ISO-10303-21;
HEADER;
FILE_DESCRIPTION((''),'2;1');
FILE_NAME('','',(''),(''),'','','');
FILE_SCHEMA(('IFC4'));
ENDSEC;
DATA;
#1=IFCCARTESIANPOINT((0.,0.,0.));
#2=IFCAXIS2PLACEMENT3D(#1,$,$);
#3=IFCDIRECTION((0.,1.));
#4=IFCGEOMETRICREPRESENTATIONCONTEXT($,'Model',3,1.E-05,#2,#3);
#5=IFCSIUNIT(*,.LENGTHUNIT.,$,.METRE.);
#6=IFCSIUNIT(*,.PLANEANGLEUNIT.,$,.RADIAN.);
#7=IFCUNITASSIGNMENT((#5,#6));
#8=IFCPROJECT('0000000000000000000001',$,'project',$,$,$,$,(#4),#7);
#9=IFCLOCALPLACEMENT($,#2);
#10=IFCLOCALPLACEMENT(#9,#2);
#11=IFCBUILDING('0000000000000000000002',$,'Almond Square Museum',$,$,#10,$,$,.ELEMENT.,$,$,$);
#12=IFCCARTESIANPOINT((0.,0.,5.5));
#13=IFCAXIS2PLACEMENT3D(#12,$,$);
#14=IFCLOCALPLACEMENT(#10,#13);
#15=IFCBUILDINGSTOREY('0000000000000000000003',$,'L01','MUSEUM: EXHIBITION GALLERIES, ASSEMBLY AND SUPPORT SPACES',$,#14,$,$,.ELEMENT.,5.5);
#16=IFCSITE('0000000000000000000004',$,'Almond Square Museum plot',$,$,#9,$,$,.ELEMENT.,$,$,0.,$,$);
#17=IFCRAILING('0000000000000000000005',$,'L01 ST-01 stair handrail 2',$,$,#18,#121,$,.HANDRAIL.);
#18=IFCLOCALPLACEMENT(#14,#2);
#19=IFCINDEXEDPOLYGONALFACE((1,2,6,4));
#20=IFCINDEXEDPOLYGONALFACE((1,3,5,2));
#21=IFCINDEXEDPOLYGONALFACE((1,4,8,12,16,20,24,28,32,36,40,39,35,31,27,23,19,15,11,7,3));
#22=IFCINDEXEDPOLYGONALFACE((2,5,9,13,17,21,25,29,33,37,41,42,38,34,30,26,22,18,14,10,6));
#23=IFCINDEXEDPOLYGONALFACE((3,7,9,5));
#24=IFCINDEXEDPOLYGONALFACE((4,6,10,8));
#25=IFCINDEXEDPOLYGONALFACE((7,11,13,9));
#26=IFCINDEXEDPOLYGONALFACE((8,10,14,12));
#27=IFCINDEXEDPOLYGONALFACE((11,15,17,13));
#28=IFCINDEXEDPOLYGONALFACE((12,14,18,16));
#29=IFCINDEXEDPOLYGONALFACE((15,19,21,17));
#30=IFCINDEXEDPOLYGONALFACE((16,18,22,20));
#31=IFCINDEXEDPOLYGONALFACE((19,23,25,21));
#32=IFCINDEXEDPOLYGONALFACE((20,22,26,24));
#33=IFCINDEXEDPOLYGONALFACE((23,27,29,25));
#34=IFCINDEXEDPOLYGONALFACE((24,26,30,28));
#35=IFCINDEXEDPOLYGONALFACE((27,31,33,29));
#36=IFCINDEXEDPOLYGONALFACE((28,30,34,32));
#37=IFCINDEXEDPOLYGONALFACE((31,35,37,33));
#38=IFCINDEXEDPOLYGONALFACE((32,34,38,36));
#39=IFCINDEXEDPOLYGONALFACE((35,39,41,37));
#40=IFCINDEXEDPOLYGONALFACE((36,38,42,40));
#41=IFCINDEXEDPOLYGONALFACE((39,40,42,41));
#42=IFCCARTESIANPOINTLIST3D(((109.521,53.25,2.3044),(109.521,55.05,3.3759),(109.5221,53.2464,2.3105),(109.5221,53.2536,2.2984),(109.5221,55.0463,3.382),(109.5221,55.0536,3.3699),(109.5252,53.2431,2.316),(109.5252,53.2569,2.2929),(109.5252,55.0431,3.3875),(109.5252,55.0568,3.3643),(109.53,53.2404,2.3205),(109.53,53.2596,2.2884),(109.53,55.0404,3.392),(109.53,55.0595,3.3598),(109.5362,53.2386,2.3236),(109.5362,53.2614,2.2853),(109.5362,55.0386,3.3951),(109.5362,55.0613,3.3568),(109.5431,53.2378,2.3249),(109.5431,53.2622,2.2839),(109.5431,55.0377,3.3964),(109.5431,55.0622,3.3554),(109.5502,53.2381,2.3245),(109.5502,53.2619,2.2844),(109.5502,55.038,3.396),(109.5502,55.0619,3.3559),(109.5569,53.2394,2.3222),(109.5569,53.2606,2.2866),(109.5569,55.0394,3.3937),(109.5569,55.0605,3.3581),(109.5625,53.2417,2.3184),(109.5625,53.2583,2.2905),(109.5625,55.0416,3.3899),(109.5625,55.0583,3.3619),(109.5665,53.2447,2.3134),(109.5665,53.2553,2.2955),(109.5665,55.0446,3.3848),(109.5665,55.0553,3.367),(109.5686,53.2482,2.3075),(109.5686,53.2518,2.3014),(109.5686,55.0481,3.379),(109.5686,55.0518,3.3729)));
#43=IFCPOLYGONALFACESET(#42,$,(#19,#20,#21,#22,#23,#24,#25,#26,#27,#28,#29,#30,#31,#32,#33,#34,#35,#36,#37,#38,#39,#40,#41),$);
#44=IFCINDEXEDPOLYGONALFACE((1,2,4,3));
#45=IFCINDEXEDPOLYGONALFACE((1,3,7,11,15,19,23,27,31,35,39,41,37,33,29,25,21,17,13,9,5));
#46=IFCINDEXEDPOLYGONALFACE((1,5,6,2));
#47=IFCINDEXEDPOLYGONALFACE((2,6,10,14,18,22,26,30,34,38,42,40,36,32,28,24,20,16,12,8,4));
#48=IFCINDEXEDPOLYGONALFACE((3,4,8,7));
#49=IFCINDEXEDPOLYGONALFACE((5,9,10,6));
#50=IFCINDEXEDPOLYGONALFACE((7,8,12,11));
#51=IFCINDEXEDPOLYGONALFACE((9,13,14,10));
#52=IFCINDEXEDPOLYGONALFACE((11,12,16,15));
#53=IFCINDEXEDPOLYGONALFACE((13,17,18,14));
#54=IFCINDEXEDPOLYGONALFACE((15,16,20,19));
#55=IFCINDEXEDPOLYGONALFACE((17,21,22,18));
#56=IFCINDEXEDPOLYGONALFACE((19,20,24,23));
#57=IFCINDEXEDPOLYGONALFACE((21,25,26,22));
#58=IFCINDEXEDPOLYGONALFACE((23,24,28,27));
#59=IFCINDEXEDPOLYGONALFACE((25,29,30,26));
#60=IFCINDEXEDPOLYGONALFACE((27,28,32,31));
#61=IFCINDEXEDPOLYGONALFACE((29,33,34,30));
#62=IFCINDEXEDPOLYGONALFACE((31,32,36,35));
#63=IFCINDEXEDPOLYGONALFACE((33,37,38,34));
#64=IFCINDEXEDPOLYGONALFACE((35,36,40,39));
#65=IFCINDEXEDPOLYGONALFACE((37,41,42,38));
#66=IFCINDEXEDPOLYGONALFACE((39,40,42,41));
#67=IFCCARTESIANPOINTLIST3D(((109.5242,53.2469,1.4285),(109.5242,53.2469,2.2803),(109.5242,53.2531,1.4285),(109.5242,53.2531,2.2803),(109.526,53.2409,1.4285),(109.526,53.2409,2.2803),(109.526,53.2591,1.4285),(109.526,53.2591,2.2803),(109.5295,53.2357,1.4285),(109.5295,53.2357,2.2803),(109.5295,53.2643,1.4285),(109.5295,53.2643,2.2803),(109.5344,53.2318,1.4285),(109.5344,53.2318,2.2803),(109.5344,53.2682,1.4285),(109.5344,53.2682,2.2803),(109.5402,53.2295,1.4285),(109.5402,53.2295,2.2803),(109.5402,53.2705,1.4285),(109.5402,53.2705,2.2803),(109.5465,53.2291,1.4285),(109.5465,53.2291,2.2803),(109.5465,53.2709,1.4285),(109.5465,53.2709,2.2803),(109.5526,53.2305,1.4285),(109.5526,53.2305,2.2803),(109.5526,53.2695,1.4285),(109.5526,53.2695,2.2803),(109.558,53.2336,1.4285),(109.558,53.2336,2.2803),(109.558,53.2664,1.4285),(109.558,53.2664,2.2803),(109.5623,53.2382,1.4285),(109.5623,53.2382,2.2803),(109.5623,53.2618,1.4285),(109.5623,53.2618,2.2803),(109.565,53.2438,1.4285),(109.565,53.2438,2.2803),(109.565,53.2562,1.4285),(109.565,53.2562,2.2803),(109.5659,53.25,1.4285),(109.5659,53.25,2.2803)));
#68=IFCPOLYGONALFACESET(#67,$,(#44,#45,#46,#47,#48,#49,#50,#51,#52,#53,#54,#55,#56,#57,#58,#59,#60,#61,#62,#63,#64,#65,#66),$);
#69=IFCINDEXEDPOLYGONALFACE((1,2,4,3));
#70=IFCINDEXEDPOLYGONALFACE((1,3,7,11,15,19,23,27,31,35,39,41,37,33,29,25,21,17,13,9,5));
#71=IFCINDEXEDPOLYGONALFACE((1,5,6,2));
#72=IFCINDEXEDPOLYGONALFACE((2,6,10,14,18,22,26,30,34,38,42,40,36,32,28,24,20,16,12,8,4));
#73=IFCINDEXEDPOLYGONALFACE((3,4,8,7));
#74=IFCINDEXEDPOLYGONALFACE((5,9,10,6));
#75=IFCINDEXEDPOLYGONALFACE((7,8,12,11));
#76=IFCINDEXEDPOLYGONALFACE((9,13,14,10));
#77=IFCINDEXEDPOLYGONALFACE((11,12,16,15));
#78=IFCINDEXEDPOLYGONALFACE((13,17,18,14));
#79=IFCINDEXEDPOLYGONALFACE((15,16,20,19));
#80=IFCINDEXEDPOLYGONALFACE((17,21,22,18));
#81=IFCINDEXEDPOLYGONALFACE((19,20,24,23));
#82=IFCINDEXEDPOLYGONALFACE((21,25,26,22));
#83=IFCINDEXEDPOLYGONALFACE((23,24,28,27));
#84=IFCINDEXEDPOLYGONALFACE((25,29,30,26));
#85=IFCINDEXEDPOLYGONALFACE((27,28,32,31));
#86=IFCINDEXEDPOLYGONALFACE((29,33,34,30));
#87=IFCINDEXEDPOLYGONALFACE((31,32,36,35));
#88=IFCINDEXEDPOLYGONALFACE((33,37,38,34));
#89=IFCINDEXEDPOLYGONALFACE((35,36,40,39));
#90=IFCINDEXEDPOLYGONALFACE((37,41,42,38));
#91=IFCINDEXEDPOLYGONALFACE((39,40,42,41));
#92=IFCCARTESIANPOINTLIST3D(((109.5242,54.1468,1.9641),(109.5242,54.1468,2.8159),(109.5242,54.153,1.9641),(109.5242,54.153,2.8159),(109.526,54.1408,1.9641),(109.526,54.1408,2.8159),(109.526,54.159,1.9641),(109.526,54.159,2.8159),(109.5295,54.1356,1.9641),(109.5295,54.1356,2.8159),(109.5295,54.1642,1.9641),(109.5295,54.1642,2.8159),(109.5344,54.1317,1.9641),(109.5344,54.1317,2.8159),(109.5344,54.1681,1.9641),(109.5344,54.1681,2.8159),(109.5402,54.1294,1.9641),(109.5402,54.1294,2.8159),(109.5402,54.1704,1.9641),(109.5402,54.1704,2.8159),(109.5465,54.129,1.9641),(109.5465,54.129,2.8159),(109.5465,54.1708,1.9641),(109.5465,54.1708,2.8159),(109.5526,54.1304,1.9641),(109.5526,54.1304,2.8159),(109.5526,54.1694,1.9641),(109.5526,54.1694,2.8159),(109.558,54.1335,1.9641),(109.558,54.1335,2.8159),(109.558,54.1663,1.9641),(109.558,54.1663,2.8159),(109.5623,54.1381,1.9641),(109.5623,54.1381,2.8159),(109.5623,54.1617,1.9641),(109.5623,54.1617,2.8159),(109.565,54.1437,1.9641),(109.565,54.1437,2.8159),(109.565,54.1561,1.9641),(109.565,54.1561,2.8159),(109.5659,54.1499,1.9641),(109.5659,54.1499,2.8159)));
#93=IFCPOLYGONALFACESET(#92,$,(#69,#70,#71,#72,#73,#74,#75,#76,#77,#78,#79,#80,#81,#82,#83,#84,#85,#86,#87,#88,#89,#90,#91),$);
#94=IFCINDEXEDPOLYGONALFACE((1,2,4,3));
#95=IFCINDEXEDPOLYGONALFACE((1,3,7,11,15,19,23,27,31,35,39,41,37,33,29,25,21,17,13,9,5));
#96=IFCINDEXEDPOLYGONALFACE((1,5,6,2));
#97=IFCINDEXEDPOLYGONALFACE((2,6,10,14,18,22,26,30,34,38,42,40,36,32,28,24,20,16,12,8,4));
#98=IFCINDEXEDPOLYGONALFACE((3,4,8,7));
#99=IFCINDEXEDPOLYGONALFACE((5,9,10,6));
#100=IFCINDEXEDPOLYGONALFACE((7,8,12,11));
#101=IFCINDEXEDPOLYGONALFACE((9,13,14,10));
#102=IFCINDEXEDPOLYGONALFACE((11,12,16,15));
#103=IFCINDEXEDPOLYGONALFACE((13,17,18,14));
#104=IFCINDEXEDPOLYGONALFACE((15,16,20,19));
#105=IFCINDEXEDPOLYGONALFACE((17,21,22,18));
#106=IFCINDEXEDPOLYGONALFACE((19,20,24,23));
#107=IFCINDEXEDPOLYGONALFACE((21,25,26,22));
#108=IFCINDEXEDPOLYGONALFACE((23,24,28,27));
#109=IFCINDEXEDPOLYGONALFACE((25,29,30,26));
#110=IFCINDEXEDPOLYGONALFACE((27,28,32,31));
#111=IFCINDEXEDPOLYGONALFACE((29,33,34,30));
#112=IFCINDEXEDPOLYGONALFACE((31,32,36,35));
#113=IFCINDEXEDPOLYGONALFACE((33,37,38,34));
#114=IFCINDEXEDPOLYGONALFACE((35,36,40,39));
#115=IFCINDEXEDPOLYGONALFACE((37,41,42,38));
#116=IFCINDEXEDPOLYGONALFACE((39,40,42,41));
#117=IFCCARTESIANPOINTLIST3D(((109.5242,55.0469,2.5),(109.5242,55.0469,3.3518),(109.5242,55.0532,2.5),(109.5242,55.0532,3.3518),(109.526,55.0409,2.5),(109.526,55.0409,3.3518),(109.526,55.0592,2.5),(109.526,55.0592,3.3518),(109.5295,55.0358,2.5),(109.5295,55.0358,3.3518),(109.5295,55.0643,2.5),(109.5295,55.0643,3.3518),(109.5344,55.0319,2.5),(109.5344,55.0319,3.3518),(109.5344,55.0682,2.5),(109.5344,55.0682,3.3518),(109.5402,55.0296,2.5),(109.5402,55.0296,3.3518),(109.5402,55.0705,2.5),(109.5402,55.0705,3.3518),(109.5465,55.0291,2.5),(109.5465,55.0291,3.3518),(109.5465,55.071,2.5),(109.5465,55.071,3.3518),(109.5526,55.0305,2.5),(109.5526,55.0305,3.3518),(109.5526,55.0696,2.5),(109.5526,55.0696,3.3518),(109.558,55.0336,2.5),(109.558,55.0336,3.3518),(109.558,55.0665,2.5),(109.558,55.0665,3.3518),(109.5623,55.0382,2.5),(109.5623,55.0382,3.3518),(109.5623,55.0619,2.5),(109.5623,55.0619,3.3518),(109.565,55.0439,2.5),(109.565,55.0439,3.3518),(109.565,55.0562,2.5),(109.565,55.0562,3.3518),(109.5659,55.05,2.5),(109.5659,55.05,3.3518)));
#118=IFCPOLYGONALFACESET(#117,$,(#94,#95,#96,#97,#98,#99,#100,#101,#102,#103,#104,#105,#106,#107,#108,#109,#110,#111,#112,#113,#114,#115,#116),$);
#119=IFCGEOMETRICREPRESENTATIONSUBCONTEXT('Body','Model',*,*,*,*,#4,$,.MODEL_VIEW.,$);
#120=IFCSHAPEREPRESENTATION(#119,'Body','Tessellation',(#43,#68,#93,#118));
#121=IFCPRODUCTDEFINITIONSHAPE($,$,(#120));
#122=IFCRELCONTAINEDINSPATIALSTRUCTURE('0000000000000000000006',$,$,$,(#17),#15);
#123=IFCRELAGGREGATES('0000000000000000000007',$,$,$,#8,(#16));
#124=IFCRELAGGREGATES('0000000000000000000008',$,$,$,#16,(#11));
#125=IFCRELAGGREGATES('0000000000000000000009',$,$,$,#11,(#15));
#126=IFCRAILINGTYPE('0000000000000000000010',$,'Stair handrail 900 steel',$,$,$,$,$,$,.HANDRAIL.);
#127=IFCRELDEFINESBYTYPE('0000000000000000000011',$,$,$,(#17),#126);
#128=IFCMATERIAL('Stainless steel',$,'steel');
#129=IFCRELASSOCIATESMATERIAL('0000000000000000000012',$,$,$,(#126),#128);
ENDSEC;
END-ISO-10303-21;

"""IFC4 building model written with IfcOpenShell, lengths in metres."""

from ifc_helpers import new_model, si_unit, direction, frame, origin, origin_2d, place, context, subcontext, project, spatial, circle, extrude, material, type_object, element, save


model = new_model("IFC4")

# Units and contexts
model_context = context("Model", 3, precision=1e-05, world=origin(), true_north=direction((0.0, 1.0)))
body_context = subcontext(model_context, "Body", "Model", "MODEL_VIEW")
ifc_project = project(units=[si_unit("LENGTHUNIT", "METRE"), si_unit("PLANEANGLEUNIT", "RADIAN")], contexts=[model_context])

# Site, building, storey
site_placement = place(None, origin())
site = spatial("IfcSite", under=ifc_project, at=site_placement, Name="Almond Square Museum plot", CompositionType="ELEMENT", RefElevation=0.0)
building_placement = place(site_placement, origin())
building = spatial("IfcBuilding", under=site, at=building_placement, Name="Almond Square Museum", CompositionType="ELEMENT")
storey_placement = place(building_placement, frame((0.0, 0.0, 5.5)))
storey = spatial("IfcBuildingStorey", under=building, at=storey_placement, Name="L01", Description="MUSEUM: EXHIBITION GALLERIES, ASSEMBLY AND SUPPORT SPACES", CompositionType="ELEMENT", Elevation=5.5)

# Railing
ifc_material_1 = material(Name="Stainless steel", Category="steel")
railing_type_1 = type_object("IfcRailingType", Name="Stair handrail 900 steel", PredefinedType="HANDRAIL", material=ifc_material_1)
railing_1_placement = place(storey_placement, frame((109.5449, 53.25, 1.4285)))
element("IfcRailing", 1, at=railing_1_placement, inside=storey, type_object=railing_type_1, Name="L01 ST-01 stair handrail 2", PredefinedType="HANDRAIL", context=body_context, shape_type="SweptSolid", body=[
    extrude(circle(Radius=0.0239, at=origin_2d()), frame((0.0, 0.0, 0.876), z_axis=(0.0, 0.859277, 0.51151), x_axis=(-1.0, 0.0, 0.0)), (0.0, 0.0, 1.0), 2.0947),
    extrude(circle(Radius=0.021, at=origin_2d()), origin(), (0.0, 0.0, 1.0), 0.8518),
    extrude(circle(Radius=0.021, at=origin_2d()), frame((0.0, 0.8999, 0.5356)), (0.0, 0.0, 1.0), 0.8518),
    extrude(circle(Radius=0.021, at=origin_2d()), frame((0.0, 1.8, 1.0715)), (0.0, 0.0, 1.0), 0.8518),
])

save(model, "model.ifc")
